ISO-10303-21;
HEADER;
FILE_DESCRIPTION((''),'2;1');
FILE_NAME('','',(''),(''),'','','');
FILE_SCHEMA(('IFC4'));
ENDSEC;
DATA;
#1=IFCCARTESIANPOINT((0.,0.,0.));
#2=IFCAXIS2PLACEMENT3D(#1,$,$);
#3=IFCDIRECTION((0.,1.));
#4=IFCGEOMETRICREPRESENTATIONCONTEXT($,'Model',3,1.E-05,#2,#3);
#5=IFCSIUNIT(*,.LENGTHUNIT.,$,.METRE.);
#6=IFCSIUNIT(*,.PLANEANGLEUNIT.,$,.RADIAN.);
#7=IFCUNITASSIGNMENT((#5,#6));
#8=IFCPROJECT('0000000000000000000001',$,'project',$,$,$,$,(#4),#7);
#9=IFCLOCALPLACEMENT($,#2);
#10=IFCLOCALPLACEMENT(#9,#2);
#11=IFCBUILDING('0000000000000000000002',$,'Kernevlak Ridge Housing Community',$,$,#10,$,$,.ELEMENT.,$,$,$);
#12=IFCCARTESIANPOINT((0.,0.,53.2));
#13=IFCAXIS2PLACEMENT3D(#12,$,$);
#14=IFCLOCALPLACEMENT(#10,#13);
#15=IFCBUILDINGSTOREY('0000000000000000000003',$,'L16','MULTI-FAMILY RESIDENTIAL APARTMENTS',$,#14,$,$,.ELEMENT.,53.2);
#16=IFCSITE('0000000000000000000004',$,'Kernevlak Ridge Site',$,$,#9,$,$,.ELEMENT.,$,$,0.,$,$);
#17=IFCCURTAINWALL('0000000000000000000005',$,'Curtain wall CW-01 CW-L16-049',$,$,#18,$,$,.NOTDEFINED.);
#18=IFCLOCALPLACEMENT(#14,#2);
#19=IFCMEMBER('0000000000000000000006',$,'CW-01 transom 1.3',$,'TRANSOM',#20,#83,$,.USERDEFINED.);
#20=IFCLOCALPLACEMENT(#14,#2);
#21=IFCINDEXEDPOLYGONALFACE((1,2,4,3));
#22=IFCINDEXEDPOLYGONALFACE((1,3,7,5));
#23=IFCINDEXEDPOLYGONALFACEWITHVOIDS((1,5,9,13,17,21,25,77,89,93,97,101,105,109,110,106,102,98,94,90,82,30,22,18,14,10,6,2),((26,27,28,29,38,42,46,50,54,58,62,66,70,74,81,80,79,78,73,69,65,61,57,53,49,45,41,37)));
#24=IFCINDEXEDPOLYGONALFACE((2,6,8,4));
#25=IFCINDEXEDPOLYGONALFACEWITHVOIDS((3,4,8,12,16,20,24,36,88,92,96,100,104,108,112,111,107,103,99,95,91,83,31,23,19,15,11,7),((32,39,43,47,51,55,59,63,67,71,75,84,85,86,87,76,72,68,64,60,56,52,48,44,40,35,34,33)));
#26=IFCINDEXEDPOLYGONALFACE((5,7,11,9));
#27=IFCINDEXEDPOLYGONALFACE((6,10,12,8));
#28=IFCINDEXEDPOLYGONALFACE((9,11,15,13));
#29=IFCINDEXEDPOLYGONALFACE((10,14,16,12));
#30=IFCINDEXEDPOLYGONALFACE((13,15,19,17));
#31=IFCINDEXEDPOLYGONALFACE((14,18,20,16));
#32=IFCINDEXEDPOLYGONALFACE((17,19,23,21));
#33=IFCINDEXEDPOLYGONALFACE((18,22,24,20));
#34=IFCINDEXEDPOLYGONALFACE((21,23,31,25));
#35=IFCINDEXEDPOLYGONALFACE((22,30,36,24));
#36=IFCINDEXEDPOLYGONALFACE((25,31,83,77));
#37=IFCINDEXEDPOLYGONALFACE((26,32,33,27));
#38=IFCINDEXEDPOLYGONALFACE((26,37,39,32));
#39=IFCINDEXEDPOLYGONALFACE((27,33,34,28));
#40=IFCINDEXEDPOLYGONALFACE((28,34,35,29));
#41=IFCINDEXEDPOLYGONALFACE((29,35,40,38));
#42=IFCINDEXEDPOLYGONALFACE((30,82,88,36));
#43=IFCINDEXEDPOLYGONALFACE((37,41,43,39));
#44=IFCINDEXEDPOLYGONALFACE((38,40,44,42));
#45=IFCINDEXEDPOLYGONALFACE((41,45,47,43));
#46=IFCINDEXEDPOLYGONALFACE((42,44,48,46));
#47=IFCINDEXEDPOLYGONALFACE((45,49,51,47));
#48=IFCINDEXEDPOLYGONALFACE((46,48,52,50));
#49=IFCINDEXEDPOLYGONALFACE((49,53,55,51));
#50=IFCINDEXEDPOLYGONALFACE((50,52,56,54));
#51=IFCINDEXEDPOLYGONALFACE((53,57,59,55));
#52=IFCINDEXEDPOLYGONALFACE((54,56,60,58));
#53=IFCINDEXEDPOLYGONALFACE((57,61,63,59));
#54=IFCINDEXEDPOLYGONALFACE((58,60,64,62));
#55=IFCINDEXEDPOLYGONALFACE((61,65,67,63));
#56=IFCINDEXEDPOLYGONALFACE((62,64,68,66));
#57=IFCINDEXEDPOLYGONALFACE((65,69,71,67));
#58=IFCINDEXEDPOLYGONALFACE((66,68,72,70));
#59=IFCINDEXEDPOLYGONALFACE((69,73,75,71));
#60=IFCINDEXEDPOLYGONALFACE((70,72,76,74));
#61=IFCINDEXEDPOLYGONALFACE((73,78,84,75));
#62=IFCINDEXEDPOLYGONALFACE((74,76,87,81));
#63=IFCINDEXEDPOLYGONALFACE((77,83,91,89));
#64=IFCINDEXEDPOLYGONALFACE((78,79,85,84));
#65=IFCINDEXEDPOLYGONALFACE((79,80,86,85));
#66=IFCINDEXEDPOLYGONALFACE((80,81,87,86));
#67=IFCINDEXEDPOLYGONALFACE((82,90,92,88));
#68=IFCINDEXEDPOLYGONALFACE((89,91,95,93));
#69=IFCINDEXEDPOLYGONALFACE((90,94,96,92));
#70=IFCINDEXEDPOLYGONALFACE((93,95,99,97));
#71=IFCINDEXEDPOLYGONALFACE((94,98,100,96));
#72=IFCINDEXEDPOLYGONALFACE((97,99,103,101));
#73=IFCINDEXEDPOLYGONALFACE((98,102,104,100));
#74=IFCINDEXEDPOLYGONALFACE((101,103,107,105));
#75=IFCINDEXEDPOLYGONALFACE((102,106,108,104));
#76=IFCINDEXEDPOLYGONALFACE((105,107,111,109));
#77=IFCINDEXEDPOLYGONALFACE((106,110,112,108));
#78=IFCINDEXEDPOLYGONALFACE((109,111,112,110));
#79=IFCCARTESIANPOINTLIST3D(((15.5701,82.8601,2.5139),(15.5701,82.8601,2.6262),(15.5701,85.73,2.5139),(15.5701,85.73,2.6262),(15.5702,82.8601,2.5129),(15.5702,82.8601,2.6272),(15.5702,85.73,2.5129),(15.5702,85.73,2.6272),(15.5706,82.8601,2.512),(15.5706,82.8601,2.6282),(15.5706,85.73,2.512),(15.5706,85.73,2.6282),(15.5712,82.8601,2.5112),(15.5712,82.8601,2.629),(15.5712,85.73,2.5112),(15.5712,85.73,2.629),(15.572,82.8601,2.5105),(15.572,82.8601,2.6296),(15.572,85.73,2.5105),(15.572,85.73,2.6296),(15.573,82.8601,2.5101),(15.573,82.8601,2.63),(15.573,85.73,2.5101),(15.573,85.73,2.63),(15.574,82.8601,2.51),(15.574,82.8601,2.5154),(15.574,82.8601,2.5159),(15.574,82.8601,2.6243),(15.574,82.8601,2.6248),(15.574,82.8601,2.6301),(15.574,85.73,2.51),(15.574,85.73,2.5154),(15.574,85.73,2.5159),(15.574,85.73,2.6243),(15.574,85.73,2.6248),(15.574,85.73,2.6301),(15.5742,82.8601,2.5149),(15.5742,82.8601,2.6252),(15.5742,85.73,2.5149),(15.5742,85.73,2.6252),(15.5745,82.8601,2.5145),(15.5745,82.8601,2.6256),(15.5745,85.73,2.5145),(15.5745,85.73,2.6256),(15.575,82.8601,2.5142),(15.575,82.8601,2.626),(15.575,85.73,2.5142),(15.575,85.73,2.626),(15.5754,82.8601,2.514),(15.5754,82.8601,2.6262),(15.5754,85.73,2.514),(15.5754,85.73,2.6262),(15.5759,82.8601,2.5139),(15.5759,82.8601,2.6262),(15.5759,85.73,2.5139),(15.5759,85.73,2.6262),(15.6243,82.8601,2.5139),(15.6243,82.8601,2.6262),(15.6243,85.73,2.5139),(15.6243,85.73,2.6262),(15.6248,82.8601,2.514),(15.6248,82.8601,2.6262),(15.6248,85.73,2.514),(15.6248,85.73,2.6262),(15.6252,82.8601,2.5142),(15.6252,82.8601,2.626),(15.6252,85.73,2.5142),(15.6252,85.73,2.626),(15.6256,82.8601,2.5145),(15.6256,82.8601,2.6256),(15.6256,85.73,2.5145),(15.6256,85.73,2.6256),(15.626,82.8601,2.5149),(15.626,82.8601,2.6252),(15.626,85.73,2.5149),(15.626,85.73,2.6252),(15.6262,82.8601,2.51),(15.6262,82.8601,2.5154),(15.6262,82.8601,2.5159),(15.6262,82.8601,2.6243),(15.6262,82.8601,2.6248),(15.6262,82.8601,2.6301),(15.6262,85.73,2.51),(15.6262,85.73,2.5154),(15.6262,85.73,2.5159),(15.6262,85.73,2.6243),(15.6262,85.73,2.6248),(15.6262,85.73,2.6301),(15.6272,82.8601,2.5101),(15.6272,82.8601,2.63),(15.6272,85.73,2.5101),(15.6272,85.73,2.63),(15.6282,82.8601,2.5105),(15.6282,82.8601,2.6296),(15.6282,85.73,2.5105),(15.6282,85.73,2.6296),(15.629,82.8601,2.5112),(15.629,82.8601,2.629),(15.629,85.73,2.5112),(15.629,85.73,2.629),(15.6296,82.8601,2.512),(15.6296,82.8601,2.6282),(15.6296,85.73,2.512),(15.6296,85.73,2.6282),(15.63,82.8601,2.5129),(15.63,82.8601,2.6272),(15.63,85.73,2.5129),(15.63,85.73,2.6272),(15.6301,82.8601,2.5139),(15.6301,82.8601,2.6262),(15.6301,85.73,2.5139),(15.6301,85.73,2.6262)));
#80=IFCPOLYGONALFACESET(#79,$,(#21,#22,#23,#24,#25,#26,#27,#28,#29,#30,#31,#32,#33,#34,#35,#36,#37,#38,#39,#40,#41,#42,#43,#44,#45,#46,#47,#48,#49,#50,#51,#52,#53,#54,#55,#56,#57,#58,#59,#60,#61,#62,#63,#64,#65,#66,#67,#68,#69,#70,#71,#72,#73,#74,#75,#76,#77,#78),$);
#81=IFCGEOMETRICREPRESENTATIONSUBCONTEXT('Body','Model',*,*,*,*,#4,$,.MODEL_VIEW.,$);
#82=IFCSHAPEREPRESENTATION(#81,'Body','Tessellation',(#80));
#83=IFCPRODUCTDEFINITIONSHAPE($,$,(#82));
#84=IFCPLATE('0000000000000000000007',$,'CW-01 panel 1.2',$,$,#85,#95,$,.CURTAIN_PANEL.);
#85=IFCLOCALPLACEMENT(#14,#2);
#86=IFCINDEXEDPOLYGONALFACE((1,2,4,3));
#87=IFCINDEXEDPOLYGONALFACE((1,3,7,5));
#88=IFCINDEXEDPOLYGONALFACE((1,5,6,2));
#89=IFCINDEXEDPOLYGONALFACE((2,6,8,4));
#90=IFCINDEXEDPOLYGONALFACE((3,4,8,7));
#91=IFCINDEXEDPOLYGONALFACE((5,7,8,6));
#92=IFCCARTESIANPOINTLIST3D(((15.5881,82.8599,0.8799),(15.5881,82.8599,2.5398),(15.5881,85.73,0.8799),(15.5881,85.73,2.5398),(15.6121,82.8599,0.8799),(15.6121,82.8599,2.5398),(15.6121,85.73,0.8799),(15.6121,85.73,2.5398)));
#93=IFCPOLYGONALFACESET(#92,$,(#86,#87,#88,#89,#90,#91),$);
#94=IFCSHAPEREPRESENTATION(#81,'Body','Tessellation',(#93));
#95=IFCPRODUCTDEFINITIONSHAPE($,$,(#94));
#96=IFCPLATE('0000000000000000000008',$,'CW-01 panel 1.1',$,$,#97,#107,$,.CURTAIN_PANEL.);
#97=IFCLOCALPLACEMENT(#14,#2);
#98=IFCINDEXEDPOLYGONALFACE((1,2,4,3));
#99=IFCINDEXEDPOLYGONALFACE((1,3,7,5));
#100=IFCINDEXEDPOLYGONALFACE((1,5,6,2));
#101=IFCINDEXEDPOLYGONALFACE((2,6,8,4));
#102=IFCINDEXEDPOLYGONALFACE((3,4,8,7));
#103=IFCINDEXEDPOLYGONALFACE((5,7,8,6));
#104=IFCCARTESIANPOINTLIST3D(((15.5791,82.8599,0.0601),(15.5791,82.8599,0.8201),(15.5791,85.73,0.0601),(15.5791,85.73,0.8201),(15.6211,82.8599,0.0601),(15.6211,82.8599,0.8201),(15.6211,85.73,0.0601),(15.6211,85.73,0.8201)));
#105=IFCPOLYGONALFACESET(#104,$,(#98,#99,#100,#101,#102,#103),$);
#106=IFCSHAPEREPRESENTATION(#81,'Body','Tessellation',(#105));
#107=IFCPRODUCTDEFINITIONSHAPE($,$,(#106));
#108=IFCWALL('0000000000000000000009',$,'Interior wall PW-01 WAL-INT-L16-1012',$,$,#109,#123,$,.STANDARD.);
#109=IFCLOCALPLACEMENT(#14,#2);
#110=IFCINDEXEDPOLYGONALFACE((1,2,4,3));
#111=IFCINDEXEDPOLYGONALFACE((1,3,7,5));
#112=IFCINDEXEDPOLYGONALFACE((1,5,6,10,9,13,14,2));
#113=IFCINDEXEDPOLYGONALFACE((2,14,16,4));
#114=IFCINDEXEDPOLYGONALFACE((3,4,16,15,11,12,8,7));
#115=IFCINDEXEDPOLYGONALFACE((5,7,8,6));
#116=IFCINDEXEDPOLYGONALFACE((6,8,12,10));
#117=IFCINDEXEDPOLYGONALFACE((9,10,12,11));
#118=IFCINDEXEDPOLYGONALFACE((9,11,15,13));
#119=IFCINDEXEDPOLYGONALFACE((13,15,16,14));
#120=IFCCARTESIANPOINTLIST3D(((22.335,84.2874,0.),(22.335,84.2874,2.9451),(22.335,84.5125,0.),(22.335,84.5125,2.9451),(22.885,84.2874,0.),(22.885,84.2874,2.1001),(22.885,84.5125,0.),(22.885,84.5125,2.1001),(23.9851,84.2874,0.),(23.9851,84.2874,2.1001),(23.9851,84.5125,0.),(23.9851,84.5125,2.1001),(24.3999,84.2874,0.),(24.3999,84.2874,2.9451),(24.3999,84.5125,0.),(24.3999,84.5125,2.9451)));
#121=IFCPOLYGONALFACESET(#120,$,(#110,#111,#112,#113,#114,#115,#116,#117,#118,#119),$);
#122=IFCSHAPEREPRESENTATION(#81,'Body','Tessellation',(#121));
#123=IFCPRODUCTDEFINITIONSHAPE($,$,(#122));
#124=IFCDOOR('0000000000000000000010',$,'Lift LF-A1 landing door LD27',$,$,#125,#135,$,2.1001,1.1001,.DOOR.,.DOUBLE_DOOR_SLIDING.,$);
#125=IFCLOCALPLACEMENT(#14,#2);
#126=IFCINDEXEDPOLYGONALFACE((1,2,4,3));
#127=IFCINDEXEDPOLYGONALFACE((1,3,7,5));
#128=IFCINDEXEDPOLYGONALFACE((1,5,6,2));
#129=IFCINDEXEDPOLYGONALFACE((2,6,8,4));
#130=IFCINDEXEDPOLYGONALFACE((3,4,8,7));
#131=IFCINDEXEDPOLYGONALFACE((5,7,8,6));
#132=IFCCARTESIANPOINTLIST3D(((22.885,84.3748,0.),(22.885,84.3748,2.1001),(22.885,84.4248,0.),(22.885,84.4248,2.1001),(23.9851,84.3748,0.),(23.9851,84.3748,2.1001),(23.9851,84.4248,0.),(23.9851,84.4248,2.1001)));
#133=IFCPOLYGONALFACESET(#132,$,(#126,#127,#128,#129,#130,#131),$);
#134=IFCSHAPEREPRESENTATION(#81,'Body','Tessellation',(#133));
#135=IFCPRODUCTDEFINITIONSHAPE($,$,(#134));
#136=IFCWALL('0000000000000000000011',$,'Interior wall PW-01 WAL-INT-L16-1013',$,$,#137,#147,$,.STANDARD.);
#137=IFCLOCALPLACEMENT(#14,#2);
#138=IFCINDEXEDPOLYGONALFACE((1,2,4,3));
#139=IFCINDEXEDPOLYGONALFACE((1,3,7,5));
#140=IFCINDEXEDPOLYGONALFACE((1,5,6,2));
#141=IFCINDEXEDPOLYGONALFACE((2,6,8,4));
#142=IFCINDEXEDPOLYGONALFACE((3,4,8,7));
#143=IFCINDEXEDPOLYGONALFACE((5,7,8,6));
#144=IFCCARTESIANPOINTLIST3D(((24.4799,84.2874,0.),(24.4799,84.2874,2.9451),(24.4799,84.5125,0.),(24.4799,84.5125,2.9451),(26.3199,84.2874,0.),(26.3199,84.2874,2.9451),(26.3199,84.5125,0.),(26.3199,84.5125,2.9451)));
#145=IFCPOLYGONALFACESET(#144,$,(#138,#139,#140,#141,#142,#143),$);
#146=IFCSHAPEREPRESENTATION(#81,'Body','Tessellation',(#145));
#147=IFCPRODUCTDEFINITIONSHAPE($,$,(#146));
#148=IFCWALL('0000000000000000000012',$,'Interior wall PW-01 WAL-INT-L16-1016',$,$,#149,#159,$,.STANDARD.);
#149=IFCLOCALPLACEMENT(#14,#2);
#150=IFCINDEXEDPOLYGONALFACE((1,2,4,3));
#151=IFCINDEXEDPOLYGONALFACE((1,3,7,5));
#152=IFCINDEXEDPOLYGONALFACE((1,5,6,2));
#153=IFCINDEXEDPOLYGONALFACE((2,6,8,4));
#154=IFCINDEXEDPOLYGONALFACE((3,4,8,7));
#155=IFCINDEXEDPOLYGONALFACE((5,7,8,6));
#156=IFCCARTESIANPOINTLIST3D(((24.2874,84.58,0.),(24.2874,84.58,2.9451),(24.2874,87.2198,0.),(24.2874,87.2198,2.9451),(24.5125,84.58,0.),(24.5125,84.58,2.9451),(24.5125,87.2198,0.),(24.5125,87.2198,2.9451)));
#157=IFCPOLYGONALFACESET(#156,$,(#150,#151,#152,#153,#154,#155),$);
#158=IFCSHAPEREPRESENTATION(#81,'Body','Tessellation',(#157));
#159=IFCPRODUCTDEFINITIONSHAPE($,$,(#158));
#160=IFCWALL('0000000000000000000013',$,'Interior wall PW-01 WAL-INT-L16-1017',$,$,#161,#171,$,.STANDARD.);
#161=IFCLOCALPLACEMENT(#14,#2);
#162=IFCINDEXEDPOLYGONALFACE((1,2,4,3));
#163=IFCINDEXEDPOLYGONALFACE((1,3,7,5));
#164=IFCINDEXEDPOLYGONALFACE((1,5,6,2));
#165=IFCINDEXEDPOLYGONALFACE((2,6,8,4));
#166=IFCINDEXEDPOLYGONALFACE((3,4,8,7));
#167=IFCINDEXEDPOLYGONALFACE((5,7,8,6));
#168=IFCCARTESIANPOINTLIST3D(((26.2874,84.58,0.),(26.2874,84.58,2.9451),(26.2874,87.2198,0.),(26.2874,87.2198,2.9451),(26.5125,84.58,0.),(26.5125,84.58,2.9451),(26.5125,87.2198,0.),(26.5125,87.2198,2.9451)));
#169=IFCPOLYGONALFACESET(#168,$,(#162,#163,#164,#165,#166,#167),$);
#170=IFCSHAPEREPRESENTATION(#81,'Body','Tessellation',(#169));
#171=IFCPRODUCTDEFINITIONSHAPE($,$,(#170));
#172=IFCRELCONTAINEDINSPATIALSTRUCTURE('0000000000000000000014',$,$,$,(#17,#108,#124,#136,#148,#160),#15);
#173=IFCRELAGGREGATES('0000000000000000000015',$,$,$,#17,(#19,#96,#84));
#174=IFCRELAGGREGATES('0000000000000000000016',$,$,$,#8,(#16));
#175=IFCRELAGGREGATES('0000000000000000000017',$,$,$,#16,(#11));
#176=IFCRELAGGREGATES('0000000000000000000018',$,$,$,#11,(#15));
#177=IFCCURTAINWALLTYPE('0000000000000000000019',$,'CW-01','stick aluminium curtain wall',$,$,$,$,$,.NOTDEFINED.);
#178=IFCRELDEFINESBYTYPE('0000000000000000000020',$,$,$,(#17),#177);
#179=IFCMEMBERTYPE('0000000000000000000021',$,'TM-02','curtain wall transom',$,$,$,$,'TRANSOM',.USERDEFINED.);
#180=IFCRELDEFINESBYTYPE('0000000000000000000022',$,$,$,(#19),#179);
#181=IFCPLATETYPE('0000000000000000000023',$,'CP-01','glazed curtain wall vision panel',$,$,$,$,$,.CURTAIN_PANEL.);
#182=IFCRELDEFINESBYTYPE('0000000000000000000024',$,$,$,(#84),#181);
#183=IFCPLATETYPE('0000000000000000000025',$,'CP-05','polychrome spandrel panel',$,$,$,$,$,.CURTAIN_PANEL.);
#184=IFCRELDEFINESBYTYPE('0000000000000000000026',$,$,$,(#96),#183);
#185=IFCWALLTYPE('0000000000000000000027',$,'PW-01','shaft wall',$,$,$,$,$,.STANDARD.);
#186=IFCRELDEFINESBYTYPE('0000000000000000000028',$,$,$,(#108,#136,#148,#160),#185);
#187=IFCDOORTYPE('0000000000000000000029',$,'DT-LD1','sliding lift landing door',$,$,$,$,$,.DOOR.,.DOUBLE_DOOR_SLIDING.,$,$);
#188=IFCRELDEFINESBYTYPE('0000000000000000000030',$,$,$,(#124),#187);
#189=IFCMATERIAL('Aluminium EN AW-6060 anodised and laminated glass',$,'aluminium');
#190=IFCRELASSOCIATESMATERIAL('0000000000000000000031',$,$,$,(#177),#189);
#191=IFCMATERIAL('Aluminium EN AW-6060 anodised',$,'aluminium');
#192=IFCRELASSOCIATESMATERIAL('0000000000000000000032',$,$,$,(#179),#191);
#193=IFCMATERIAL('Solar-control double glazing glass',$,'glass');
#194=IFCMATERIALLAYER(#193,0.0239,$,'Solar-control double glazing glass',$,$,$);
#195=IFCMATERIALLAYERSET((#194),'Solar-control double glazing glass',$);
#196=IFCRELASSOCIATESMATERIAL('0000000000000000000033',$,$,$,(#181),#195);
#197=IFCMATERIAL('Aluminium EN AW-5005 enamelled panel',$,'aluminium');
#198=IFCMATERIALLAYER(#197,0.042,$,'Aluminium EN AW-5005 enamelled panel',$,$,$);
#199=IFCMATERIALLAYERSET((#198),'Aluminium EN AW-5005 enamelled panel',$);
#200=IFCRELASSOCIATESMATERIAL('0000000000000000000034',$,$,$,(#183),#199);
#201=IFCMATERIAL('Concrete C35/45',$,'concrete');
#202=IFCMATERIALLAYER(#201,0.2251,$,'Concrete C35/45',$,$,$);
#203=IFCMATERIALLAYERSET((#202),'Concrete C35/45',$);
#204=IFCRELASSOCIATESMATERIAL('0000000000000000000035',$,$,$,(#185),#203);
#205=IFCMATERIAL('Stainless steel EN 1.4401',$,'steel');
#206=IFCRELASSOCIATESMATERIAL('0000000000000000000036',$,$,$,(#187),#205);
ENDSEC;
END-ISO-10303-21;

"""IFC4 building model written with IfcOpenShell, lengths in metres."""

from ifc_helpers import new_model, si_unit, direction, frame, frame_2d, origin, origin_2d, place, context, subcontext, project, spatial, rectangle, hollow_rectangle, extrude, material, layer, layer_set, material_profile, profile_set, type_object, element, fill, aggregate, save


model = new_model("IFC4")

# Units and contexts
model_context = context("Model", 3, precision=1e-05, world=origin(), true_north=direction((0.0, 1.0)))
body_context = subcontext(model_context, "Body", "Model", "MODEL_VIEW")
ifc_project = project(units=[si_unit("LENGTHUNIT", "METRE"), si_unit("PLANEANGLEUNIT", "RADIAN")], contexts=[model_context])

# Site, building, storey
site_placement = place(None, origin())
site = spatial("IfcSite", under=ifc_project, at=site_placement, Name="Kernevlak Ridge Site", CompositionType="ELEMENT", RefElevation=0.0)
building_placement = place(site_placement, origin())
building = spatial("IfcBuilding", under=site, at=building_placement, Name="Kernevlak Ridge Housing Community", CompositionType="ELEMENT")
storey_placement = place(building_placement, frame((0.0, 0.0, 53.2)))
storey = spatial("IfcBuildingStorey", under=building, at=storey_placement, Name="L16", Description="MULTI-FAMILY RESIDENTIAL APARTMENTS", CompositionType="ELEMENT", Elevation=53.2)

# Shared definitions
ifc_material_1 = material(Name="Concrete C35/45", Category="concrete")

# Curtain wall
ifc_material_2 = material(Name="Aluminium EN AW-6060 anodised and laminated glass", Category="aluminium")
curtain_wall_type = type_object("IfcCurtainWallType", Name="CW-01", Description="stick aluminium curtain wall", PredefinedType="NOTDEFINED", material=ifc_material_2)
curtain_wall_placement = place(storey_placement, origin())
curtain_wall = element("IfcCurtainWall", 1, at=curtain_wall_placement, inside=storey, type_object=curtain_wall_type, Name="Curtain wall CW-01 CW-L16-049", PredefinedType="NOTDEFINED")
ifc_material_3 = material(Name="Aluminium EN AW-6060 anodised", Category="aluminium")

# Member
ifc_material_profile_1 = material_profile(ifc_material_3, hollow_rectangle(XDim=0.0601, YDim=0.1201, WallThickness=0.0039, InnerFilletRadius=0.002, OuterFilletRadius=0.0039, at=origin_2d()), Name="ALU 60x120x4")
ifc_profile_set_1 = profile_set([ifc_material_profile_1], Name="Aluminium EN AW-6060 anodised")
member_type_1 = type_object("IfcMemberType", Name="TM-02", Description="curtain wall transom", ElementType="TRANSOM", PredefinedType="USERDEFINED", material=ifc_profile_set_1)
member_1_placement = place(storey_placement, frame((15.6001, 82.8601, 2.5701), z_axis=(0.0, 1.0, 0.0), x_axis=(-1.0, 0.0, 0.0)))
member_1 = element("IfcMember", 2, at=member_1_placement, type_object=member_type_1, Name="CW-01 transom 1.3", ObjectType="TRANSOM", PredefinedType="USERDEFINED", context=body_context, shape_type="SweptSolid", body=[
    extrude(hollow_rectangle(XDim=0.0601, YDim=0.1201, WallThickness=0.0039, InnerFilletRadius=0.002, OuterFilletRadius=0.0039, at=origin_2d()), origin(), (0.0, 0.0, 1.0), 2.8699),
])

# Plates
ifc_material_4 = material(Name="Solar-control double glazing glass", Category="glass")
ifc_layer_1 = layer(ifc_material_4, 0.0239, Name="Solar-control double glazing glass")
ifc_layer_set_1 = layer_set([ifc_layer_1], Name="Solar-control double glazing glass")
plate_type_1 = type_object("IfcPlateType", Name="CP-01", Description="glazed curtain wall vision panel", PredefinedType="CURTAIN_PANEL", material=ifc_layer_set_1)
plate_1_placement = place(storey_placement, frame((15.6001, 84.2949, 0.8799), z_axis=(0.0, 0.0, 1.0), x_axis=(0.0, 1.0, 0.0)))
plate_1 = element("IfcPlate", 3, at=plate_1_placement, type_object=plate_type_1, Name="CW-01 panel 1.2", PredefinedType="CURTAIN_PANEL", context=body_context, shape_type="SweptSolid", body=[
    extrude(rectangle(XDim=2.8701, YDim=0.0239, at=origin_2d()), origin(), (0.0, 0.0, 1.0), 1.6599),
])
ifc_material_5 = material(Name="Aluminium EN AW-5005 enamelled panel", Category="aluminium")
ifc_layer_2 = layer(ifc_material_5, 0.042, Name="Aluminium EN AW-5005 enamelled panel")
ifc_layer_set_2 = layer_set([ifc_layer_2], Name="Aluminium EN AW-5005 enamelled panel")
plate_type_2 = type_object("IfcPlateType", Name="CP-05", Description="polychrome spandrel panel", PredefinedType="CURTAIN_PANEL", material=ifc_layer_set_2)
plate_2_placement = place(storey_placement, frame((15.6001, 84.2949, 0.0601), z_axis=(0.0, 0.0, 1.0), x_axis=(0.0, 1.0, 0.0)))
plate_2 = element("IfcPlate", 4, at=plate_2_placement, type_object=plate_type_2, Name="CW-01 panel 1.1", PredefinedType="CURTAIN_PANEL", context=body_context, shape_type="SweptSolid", body=[
    extrude(rectangle(XDim=2.8701, YDim=0.042, at=origin_2d()), origin(), (0.0, 0.0, 1.0), 0.76),
])
aggregate(curtain_wall, [member_1, plate_2, plate_1])

# Wall, opening, door
ifc_layer_3 = layer(ifc_material_1, 0.2251, Name="Concrete C35/45")
ifc_layer_set_3 = layer_set([ifc_layer_3], Name="Concrete C35/45")
wall_type_1 = type_object("IfcWallType", Name="PW-01", Description="shaft wall", PredefinedType="STANDARD", material=ifc_layer_set_3)
wall_1_placement = place(storey_placement, frame((22.335, 84.3999, 0.0), z_axis=(0.0, 0.0, 1.0), x_axis=(1.0, 0.0, 0.0)))
wall_1 = element("IfcWall", 5, at=wall_1_placement, inside=storey, type_object=wall_type_1, Name="Interior wall PW-01 WAL-INT-L16-1012", PredefinedType="STANDARD", context=body_context, shape_type="SweptSolid", body=[
    extrude(rectangle(XDim=2.0649, YDim=0.2251, at=frame_2d((1.0325, 0.0))), origin(), (0.0, 0.0, 1.0), 2.9451),
])
opening_1_placement = place(wall_1_placement, frame((0.55, 0.0, 0.0)))
opening_1 = element("IfcOpeningElement", 6, at=opening_1_placement, cuts=wall_1, PredefinedType="OPENING", context=body_context, shape_type="SweptSolid", body=[
    extrude(rectangle(XDim=1.1001, YDim=2.1001, at=frame_2d((0.55, 1.05))), frame((0.0, 0.1226, 0.0), z_axis=(0.0, -1.0, 0.0), x_axis=(1.0, 0.0, 0.0)), (0.0, 0.0, 1.0), 0.2451),
])
ifc_material_6 = material(Name="Stainless steel EN 1.4401", Category="steel")
door_type_1 = type_object("IfcDoorType", Name="DT-LD1", Description="sliding lift landing door", OperationType="DOUBLE_DOOR_SLIDING", PredefinedType="DOOR", material=ifc_material_6)
door_1_placement = place(opening_1_placement, origin())
door_1 = element("IfcDoor", 7, at=door_1_placement, inside=storey, type_object=door_type_1, Name="Lift LF-A1 landing door LD27", OperationType="DOUBLE_DOOR_SLIDING", OverallHeight=2.1001, OverallWidth=1.1001, PredefinedType="DOOR", context=body_context, shape_type="SweptSolid", body=[
    extrude(rectangle(XDim=1.1001, YDim=2.1001, at=frame_2d((0.55, 1.05))), frame((0.0, 0.0249, 0.0), z_axis=(0.0, -1.0, 0.0), x_axis=(1.0, 0.0, 0.0)), (0.0, 0.0, 1.0), 0.05),
])
fill(opening_1, door_1)

# Walls
wall_2_placement = place(storey_placement, frame((24.48, 84.3999, 0.0), z_axis=(0.0, 0.0, 1.0), x_axis=(1.0, 0.0, 0.0)))
element("IfcWall", 8, at=wall_2_placement, inside=storey, type_object=wall_type_1, Name="Interior wall PW-01 WAL-INT-L16-1013", PredefinedType="STANDARD", context=body_context, shape_type="SweptSolid", body=[
    extrude(rectangle(XDim=1.8401, YDim=0.2251, at=frame_2d((0.9199, 0.0))), origin(), (0.0, 0.0, 1.0), 2.9451),
])
for number, where, z_axis, x_axis, name in (
    (9, (24.3999, 84.5801, 0.0), (0.0, 0.0, 1.0), (0.0, 1.0, 0.0), "Interior wall PW-01 WAL-INT-L16-1016"),
    (10, (26.3999, 84.5801, 0.0), (0.0, 0.0, 1.0), (0.0, 1.0, 0.0), "Interior wall PW-01 WAL-INT-L16-1017"),
):
    element("IfcWall", number, at=place(storey_placement, frame(where, z_axis=z_axis, x_axis=x_axis)), inside=storey, type_object=wall_type_1, Name=name, PredefinedType="STANDARD", context=body_context, shape_type="SweptSolid", body=[
        extrude(rectangle(XDim=2.6399, YDim=0.2251, at=frame_2d((1.3198, 0.0))), origin(), (0.0, 0.0, 1.0), 2.9451),
    ])

save(model, "model.ifc")
